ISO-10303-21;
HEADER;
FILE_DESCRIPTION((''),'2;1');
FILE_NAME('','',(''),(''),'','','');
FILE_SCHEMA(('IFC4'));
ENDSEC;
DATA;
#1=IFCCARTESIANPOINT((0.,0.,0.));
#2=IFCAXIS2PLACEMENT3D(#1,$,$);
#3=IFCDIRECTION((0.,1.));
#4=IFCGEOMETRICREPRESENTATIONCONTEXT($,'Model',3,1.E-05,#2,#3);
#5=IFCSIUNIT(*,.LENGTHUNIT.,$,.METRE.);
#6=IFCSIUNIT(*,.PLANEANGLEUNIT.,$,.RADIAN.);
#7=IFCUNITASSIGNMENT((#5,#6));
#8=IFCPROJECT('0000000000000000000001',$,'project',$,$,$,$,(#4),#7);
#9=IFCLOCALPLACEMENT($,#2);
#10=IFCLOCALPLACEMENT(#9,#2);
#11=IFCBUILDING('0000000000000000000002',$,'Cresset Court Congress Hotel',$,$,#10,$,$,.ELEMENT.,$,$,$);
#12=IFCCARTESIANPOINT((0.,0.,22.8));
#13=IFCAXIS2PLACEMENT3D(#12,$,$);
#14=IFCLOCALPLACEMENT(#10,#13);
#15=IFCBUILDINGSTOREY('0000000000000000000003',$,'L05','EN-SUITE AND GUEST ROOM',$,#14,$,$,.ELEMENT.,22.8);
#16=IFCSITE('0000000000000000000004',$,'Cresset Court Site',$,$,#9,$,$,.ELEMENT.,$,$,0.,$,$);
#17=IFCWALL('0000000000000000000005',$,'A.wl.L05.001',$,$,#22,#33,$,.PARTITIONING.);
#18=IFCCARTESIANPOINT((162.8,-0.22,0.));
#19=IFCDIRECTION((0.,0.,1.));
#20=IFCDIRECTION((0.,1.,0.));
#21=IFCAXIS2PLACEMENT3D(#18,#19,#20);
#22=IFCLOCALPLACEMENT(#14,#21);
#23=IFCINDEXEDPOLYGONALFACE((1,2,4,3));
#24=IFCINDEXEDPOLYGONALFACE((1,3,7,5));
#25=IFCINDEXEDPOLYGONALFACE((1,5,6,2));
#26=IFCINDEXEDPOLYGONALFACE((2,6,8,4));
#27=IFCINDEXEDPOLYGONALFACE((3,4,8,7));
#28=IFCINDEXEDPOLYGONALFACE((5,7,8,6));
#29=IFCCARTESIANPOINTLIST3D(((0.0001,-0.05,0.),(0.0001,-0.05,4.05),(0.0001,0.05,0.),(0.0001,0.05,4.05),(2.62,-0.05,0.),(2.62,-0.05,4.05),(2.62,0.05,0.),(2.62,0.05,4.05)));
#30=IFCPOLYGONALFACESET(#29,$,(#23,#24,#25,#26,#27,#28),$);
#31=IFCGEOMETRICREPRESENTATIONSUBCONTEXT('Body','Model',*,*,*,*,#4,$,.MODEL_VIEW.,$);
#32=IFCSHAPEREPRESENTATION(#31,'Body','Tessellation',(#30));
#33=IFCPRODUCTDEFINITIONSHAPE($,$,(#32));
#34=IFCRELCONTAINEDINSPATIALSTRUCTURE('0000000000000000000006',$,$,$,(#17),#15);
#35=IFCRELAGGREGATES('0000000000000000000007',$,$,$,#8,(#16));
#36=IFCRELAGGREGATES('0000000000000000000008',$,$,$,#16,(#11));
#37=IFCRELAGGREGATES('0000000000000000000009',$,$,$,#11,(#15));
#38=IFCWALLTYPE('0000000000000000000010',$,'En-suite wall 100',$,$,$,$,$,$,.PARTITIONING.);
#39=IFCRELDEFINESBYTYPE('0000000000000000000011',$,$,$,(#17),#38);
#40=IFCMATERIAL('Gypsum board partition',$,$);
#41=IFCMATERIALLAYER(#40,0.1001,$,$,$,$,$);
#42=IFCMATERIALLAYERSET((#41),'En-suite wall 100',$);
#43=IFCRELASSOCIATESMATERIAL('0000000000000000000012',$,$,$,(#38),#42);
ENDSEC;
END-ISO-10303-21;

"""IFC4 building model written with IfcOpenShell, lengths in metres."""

from ifc_helpers import new_model, si_unit, direction, frame, frame_2d, origin, place, context, subcontext, project, spatial, rectangle, extrude, material, layer, layer_set, type_object, element, save


model = new_model("IFC4")

# Units and contexts
model_context = context("Model", 3, precision=1e-05, world=origin(), true_north=direction((0.0, 1.0)))
body_context = subcontext(model_context, "Body", "Model", "MODEL_VIEW")
ifc_project = project(units=[si_unit("LENGTHUNIT", "METRE"), si_unit("PLANEANGLEUNIT", "RADIAN")], contexts=[model_context])

# Site, building, storey
site_placement = place(None, origin())
site = spatial("IfcSite", under=ifc_project, at=site_placement, Name="Cresset Court Site", CompositionType="ELEMENT", RefElevation=0.0)
building_placement = place(site_placement, origin())
building = spatial("IfcBuilding", under=site, at=building_placement, Name="Cresset Court Congress Hotel", CompositionType="ELEMENT")
storey_placement = place(building_placement, frame((0.0, 0.0, 22.8)))
storey = spatial("IfcBuildingStorey", under=building, at=storey_placement, Name="L05", Description="EN-SUITE AND GUEST ROOM", CompositionType="ELEMENT", Elevation=22.8)

# Wall
ifc_material_1 = material(Name="Gypsum board partition")
ifc_layer_1 = layer(ifc_material_1, 0.1001)
ifc_layer_set_1 = layer_set([ifc_layer_1], Name="En-suite wall 100")
wall_type_1 = type_object("IfcWallType", Name="En-suite wall 100", PredefinedType="PARTITIONING", material=ifc_layer_set_1)
wall_1_placement = place(storey_placement, frame((162.8, -0.22, 0.0), z_axis=(0.0, 0.0, 1.0), x_axis=(0.0, 1.0, 0.0)))
element("IfcWall", 1, at=wall_1_placement, inside=storey, type_object=wall_type_1, Name="A.wl.L05.001", PredefinedType="PARTITIONING", context=body_context, shape_type="SweptSolid", body=[
    extrude(rectangle(XDim=2.6199, YDim=0.1001, at=frame_2d((1.3101, 0.0))), origin(), (0.0, 0.0, 1.0), 4.05),
])

save(model, "model.ifc")
